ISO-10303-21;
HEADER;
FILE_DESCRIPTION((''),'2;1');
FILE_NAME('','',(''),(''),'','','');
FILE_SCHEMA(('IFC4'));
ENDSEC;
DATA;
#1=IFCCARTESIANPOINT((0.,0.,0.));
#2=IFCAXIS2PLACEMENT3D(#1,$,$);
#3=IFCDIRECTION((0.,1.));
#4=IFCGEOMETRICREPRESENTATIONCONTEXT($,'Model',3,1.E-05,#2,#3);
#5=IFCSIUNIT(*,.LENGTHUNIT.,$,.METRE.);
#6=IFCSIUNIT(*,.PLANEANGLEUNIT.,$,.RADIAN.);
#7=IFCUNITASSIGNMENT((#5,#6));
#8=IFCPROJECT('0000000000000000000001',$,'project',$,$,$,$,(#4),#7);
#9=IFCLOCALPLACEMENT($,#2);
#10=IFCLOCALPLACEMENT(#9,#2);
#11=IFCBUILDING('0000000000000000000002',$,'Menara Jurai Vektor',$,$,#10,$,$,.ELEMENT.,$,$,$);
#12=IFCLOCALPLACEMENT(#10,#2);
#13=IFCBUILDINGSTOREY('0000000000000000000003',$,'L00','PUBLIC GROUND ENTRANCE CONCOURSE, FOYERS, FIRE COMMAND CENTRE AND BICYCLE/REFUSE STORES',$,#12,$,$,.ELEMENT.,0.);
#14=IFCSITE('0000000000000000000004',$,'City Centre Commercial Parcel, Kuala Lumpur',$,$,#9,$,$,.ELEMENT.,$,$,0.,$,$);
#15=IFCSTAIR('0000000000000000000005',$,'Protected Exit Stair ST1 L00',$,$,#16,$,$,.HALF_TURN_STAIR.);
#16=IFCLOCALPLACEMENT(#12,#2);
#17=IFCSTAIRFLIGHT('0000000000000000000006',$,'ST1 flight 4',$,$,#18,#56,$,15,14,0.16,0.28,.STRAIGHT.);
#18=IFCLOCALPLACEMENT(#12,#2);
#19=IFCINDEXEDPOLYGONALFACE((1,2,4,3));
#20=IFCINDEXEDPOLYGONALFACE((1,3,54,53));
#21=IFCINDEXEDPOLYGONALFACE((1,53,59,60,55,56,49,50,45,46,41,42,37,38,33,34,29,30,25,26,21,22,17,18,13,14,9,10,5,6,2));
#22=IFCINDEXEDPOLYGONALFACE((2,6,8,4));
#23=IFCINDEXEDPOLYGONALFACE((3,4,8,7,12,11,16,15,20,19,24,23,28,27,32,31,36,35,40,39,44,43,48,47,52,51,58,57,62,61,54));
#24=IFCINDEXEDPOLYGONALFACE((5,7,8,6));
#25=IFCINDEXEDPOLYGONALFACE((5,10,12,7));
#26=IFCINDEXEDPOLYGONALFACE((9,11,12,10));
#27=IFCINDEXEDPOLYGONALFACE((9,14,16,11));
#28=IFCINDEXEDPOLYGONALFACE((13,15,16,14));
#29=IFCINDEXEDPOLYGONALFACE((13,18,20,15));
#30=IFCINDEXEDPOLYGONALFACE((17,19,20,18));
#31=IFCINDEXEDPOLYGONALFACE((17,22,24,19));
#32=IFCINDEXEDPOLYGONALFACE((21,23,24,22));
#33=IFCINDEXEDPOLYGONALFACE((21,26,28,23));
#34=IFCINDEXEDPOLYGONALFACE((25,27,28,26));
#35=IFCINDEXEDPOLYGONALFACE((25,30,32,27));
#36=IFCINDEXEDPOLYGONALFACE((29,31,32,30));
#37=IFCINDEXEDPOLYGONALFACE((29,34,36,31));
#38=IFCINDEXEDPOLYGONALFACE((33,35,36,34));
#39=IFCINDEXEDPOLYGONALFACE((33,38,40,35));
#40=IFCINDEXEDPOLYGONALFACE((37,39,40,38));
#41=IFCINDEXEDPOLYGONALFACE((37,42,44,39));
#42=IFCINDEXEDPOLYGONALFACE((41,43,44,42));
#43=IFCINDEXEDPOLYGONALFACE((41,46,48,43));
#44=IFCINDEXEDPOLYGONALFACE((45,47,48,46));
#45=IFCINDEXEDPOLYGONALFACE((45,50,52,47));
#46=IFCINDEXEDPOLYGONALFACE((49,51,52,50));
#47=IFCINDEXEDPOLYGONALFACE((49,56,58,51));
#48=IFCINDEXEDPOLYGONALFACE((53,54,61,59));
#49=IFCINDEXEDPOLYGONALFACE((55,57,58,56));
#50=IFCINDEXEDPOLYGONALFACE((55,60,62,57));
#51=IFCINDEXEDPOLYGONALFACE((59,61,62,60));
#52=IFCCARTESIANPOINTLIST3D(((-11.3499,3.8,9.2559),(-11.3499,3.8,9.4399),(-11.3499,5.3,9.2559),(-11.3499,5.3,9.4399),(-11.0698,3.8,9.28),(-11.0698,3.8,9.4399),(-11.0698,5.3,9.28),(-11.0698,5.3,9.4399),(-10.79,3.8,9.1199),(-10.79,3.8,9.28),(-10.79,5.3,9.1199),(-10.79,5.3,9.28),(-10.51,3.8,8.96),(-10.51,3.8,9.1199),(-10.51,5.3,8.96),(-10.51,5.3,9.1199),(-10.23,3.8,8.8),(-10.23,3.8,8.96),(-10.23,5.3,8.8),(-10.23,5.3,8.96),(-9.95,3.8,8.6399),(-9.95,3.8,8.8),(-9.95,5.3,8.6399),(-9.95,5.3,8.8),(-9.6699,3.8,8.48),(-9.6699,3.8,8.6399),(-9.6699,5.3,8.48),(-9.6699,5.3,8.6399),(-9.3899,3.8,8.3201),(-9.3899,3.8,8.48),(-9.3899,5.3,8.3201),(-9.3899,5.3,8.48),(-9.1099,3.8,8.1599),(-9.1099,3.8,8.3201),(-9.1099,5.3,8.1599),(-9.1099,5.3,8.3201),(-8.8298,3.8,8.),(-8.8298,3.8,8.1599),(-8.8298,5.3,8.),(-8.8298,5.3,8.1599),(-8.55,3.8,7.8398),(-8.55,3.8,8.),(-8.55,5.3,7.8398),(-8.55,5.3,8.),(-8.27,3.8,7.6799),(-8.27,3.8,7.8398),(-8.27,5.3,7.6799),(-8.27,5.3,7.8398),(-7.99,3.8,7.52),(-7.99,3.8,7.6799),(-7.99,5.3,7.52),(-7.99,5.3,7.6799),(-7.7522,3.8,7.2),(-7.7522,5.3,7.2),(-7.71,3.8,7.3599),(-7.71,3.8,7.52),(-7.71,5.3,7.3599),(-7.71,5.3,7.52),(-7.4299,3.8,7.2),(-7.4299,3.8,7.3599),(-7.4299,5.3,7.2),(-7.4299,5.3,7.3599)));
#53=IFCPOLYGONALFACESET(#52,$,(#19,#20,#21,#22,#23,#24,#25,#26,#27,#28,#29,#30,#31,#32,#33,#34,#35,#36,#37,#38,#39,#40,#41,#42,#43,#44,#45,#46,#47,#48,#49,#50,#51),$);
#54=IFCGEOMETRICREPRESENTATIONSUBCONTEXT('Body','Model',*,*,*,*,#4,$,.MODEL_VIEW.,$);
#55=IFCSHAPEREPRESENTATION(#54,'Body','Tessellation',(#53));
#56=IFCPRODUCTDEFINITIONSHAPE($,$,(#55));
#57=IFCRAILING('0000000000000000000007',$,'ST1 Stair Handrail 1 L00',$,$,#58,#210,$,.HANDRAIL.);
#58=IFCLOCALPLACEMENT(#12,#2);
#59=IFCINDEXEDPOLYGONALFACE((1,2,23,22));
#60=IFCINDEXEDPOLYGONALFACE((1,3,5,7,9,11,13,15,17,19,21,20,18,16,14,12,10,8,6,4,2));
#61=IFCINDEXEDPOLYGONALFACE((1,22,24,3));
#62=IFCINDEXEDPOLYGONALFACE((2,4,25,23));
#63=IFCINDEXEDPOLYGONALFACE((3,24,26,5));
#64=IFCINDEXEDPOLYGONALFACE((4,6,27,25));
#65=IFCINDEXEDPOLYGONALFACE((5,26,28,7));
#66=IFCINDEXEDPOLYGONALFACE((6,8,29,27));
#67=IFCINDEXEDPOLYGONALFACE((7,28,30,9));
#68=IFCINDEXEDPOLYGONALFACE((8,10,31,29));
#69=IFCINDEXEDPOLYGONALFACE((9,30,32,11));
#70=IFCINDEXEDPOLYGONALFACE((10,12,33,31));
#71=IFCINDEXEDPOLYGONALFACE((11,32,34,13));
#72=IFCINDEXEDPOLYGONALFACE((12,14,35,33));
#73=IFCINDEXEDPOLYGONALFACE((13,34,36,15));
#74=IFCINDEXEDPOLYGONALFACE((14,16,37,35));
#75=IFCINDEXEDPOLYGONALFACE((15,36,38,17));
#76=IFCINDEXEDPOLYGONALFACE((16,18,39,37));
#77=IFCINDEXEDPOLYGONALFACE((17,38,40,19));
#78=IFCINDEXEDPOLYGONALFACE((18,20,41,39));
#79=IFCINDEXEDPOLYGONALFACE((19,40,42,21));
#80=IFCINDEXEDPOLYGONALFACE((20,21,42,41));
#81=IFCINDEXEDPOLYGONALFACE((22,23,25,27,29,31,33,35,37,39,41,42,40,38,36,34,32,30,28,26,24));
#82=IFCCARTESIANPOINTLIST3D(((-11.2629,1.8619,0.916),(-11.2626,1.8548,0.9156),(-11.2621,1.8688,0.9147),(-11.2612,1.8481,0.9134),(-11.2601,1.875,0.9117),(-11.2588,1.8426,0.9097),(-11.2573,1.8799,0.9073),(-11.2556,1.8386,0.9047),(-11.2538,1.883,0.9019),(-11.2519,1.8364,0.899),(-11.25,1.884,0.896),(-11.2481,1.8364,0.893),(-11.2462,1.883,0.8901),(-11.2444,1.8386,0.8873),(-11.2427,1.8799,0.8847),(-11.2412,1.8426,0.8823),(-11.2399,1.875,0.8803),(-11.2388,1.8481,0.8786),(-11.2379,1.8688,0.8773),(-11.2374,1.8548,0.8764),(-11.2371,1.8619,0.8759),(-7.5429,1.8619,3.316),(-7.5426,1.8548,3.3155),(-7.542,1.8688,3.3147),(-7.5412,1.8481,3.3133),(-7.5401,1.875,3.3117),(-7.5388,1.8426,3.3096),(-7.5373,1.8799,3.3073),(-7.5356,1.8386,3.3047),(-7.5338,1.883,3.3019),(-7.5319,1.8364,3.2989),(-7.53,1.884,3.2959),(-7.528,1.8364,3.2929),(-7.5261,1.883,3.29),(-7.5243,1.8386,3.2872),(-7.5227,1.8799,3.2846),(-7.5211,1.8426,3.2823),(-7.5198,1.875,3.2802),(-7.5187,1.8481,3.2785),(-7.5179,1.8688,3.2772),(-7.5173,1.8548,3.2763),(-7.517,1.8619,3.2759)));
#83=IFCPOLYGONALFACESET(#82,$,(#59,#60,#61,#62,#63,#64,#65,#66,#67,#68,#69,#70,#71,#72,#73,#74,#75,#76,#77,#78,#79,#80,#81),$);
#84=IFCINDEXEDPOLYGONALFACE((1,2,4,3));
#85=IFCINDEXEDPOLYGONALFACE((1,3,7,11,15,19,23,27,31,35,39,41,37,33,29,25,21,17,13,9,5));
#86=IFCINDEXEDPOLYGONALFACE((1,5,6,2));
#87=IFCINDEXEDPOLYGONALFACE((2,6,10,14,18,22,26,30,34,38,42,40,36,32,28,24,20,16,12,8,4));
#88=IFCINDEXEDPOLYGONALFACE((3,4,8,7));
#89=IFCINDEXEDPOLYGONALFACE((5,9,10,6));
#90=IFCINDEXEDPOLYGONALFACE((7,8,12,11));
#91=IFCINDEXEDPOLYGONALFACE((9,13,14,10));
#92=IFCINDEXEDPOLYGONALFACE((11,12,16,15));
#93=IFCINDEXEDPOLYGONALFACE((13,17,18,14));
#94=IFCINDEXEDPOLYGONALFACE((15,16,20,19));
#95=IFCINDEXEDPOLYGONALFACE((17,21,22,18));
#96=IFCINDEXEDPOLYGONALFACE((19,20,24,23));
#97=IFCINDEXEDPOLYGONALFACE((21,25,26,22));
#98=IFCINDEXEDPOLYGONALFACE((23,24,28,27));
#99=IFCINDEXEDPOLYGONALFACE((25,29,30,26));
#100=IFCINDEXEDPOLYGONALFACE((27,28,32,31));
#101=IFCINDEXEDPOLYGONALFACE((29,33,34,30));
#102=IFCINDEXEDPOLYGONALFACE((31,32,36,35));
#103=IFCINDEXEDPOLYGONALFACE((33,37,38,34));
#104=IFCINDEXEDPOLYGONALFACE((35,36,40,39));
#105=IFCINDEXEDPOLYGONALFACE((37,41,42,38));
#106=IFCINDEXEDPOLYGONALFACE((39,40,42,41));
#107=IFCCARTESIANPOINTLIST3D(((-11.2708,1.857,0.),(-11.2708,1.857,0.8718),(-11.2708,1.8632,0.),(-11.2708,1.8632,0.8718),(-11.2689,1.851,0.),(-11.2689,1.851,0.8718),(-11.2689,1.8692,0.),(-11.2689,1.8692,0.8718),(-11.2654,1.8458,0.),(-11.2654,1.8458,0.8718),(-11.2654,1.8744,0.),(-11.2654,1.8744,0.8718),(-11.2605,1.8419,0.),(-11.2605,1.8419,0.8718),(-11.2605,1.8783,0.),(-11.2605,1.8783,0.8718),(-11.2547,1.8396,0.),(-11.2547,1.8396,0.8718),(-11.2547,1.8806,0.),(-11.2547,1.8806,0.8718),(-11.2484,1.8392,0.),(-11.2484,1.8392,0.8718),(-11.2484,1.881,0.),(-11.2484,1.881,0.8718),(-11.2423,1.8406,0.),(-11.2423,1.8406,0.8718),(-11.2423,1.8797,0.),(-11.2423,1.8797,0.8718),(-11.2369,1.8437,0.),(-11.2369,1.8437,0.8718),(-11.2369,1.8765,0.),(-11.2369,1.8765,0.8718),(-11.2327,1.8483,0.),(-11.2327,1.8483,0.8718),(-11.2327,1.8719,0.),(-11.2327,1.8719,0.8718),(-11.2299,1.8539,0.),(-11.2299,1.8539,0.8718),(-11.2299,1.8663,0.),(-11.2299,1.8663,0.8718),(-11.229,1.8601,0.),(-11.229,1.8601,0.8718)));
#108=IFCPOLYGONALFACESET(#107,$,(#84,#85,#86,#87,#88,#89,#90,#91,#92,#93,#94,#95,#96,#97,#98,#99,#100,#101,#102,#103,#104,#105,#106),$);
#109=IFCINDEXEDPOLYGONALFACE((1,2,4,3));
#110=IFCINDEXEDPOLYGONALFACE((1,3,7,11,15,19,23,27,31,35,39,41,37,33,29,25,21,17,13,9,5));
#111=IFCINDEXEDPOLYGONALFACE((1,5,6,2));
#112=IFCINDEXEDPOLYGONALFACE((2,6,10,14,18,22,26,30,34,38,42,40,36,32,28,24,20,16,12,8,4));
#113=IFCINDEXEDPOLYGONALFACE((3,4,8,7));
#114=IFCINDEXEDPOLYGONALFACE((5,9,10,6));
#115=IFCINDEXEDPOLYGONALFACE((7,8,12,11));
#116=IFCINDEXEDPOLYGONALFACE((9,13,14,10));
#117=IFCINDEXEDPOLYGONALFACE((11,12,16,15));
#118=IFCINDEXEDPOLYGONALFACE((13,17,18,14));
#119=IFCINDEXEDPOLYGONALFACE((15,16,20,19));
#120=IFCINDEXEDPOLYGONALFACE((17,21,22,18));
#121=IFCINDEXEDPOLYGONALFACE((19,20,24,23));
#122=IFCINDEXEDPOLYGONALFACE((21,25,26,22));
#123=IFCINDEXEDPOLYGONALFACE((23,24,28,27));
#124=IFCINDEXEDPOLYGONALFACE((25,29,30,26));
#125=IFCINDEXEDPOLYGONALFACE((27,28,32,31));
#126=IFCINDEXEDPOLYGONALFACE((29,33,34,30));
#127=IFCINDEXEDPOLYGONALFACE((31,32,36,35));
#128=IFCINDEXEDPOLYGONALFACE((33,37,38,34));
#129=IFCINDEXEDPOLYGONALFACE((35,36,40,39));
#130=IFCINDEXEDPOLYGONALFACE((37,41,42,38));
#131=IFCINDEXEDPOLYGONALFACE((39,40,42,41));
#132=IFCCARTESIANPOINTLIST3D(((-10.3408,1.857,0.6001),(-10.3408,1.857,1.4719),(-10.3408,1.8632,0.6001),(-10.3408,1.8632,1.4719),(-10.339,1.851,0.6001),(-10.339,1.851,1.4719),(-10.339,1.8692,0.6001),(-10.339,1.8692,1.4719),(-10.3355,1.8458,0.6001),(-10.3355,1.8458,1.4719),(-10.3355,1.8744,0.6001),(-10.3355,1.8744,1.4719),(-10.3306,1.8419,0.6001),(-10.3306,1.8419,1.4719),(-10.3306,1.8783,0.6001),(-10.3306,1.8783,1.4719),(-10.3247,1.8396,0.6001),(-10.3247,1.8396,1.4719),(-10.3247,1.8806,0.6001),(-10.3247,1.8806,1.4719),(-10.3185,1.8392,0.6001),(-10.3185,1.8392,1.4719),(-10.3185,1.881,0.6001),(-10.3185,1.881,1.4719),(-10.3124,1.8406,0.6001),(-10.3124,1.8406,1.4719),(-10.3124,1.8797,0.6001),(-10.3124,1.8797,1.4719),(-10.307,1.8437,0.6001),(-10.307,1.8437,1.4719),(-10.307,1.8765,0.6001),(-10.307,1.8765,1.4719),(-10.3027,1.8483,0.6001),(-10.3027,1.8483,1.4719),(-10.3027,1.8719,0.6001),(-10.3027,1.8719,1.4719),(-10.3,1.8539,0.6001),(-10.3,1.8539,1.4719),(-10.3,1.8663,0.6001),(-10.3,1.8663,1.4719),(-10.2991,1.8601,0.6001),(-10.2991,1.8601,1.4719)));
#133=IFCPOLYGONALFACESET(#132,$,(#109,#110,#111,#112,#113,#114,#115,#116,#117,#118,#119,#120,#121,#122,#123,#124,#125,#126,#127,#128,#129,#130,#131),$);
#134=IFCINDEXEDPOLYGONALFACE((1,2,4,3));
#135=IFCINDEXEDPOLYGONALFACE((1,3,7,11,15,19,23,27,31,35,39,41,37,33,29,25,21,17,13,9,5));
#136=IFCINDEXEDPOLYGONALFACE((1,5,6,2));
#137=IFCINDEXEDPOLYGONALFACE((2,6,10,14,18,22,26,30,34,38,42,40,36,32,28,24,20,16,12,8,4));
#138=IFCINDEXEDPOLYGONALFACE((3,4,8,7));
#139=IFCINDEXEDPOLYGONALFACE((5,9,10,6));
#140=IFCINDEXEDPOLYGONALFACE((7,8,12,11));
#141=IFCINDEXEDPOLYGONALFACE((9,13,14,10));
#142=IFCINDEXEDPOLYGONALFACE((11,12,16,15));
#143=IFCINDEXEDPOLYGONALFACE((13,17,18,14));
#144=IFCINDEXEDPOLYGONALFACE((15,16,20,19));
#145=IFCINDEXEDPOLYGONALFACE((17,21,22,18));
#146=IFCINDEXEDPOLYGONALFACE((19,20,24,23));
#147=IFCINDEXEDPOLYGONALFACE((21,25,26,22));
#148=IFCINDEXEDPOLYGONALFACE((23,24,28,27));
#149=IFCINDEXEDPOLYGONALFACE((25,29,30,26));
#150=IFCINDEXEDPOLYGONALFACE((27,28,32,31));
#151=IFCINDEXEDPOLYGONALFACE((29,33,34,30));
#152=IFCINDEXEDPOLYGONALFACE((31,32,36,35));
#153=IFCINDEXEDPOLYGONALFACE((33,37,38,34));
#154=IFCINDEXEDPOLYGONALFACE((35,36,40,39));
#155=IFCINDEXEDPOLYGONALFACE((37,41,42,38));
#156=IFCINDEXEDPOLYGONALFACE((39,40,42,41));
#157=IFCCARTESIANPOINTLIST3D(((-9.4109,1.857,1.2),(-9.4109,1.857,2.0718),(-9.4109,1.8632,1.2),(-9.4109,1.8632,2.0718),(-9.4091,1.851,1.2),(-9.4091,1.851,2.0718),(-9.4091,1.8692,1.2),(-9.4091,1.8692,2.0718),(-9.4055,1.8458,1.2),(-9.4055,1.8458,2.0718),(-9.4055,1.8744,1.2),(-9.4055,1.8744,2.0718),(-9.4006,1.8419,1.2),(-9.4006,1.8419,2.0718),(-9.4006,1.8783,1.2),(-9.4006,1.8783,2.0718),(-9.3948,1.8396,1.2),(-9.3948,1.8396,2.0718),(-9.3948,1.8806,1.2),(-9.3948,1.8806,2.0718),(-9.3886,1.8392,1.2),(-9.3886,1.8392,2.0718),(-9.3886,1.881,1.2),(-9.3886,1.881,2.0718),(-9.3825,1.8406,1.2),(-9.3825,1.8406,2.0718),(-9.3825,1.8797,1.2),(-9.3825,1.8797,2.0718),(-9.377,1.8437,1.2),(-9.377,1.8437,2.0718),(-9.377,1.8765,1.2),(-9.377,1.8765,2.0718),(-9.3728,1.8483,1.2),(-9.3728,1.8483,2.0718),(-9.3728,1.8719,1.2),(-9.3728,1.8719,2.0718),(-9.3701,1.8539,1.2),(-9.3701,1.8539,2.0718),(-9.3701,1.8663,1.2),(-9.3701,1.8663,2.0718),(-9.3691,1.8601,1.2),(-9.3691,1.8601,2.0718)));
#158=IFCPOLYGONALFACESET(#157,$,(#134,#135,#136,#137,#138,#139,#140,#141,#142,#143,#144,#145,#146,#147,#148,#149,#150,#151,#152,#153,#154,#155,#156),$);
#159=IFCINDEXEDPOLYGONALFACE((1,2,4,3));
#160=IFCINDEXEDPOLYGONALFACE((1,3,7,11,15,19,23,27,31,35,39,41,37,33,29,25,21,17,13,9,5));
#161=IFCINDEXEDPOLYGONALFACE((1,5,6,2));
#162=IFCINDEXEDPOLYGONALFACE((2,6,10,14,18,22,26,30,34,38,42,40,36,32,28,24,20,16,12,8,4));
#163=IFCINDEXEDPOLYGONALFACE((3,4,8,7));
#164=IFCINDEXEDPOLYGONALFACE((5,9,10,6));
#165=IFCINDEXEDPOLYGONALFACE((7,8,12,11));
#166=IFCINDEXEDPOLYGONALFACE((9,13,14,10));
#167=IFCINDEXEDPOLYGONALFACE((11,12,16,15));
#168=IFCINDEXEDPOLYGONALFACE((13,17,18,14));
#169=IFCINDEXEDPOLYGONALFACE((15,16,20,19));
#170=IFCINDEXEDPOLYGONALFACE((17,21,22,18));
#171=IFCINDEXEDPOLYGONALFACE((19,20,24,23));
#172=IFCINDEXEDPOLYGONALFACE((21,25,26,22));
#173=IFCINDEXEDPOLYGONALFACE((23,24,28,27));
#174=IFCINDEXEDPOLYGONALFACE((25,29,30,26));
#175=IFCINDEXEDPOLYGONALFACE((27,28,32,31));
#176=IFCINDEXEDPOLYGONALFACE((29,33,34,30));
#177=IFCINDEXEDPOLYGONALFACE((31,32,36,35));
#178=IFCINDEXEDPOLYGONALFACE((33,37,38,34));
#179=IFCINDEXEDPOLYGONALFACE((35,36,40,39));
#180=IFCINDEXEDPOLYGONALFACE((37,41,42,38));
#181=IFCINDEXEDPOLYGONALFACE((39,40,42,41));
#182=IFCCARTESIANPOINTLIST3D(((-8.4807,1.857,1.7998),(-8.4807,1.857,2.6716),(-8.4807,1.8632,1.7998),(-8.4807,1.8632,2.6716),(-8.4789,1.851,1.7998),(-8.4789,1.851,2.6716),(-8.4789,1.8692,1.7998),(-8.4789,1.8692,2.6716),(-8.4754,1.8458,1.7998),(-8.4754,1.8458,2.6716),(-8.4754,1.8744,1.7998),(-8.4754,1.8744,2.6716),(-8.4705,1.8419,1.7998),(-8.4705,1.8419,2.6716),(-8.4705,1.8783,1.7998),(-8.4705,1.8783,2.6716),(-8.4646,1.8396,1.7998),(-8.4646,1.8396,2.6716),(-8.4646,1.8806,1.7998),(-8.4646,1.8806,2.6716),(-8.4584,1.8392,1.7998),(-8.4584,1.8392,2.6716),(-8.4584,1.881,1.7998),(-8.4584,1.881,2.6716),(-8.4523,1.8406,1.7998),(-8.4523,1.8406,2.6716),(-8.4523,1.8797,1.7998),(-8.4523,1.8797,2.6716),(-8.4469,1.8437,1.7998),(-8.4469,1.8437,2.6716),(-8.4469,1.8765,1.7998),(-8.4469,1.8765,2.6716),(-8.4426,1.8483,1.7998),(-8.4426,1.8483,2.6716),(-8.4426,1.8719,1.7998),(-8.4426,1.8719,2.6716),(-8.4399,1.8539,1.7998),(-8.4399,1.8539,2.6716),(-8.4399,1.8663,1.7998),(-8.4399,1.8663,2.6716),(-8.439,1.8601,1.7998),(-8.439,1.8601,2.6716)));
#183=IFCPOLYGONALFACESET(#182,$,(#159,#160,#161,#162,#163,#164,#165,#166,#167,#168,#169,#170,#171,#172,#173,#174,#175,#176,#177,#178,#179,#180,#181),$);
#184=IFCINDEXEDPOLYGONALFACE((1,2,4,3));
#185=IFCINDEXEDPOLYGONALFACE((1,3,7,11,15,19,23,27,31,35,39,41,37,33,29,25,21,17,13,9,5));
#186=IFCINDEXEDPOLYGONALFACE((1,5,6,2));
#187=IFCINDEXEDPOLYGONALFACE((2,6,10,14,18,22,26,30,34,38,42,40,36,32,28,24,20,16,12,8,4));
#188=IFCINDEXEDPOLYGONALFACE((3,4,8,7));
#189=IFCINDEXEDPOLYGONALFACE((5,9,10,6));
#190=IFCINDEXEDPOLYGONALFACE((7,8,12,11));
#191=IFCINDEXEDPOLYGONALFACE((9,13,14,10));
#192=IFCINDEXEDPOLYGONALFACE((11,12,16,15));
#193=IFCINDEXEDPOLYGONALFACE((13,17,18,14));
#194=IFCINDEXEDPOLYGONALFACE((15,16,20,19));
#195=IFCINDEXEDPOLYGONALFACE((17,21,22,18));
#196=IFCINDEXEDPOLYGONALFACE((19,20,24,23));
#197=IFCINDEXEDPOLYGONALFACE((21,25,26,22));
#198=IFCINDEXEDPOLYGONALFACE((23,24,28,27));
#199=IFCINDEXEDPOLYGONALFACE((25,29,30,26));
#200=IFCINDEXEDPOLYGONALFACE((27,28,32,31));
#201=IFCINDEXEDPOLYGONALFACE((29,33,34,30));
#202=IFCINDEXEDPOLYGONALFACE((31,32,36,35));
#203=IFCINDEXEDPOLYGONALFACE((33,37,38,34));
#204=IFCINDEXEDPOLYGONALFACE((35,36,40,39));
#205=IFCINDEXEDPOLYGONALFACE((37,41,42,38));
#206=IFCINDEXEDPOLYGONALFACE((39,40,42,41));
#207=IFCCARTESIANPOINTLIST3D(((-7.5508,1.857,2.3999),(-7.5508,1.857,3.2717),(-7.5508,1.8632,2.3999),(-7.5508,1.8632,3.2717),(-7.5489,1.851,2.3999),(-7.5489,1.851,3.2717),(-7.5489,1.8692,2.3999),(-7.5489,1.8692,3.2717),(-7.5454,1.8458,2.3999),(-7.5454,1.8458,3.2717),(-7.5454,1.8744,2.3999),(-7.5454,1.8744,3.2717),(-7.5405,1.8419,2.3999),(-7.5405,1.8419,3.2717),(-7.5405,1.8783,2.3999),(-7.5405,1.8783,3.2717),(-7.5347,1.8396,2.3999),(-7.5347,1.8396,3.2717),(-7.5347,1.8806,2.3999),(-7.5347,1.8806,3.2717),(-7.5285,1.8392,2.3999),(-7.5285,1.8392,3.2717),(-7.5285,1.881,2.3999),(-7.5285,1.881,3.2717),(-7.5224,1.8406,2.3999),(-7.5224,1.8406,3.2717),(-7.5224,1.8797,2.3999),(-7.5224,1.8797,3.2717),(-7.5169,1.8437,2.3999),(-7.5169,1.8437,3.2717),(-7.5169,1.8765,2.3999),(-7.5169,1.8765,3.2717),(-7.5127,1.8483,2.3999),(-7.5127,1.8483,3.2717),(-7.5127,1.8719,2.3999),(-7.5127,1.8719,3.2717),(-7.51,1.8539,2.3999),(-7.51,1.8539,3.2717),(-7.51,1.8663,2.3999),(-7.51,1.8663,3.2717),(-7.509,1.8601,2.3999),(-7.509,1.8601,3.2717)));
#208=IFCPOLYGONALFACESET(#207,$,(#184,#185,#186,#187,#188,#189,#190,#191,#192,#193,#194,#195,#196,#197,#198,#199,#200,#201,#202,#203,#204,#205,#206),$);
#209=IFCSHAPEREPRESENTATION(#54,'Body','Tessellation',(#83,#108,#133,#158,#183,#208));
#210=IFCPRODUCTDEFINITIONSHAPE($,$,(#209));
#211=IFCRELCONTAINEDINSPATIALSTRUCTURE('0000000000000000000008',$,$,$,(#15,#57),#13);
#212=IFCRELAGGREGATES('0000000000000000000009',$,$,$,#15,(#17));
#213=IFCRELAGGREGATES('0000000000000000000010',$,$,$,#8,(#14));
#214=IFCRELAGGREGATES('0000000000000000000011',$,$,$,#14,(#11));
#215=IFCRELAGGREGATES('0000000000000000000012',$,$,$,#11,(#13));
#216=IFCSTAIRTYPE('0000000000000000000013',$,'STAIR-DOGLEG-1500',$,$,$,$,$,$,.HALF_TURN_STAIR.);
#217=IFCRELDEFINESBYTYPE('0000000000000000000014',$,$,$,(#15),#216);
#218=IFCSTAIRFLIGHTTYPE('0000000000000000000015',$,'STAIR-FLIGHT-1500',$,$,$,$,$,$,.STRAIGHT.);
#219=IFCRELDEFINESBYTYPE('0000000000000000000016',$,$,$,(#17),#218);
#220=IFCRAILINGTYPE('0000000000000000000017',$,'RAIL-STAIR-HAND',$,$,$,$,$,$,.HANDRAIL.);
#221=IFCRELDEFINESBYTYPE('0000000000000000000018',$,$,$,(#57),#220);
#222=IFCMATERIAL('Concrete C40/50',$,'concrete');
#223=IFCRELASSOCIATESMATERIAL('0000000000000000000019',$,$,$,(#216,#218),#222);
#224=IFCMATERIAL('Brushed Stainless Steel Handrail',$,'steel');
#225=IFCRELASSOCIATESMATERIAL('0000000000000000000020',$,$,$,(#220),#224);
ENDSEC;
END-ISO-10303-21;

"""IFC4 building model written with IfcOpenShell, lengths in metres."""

from ifc_helpers import new_model, si_unit, direction, frame, origin, origin_2d, place, context, subcontext, project, spatial, polyline, circle, outline, extrude, material, type_object, element, aggregate, save


model = new_model("IFC4")

# Units and contexts
model_context = context("Model", 3, precision=1e-05, world=origin(), true_north=direction((0.0, 1.0)))
body_context = subcontext(model_context, "Body", "Model", "MODEL_VIEW")
ifc_project = project(units=[si_unit("LENGTHUNIT", "METRE"), si_unit("PLANEANGLEUNIT", "RADIAN")], contexts=[model_context])

# Site, building, storey
site_placement = place(None, origin())
site = spatial("IfcSite", under=ifc_project, at=site_placement, Name="City Centre Commercial Parcel, Kuala Lumpur", CompositionType="ELEMENT", RefElevation=0.0)
building_placement = place(site_placement, origin())
building = spatial("IfcBuilding", under=site, at=building_placement, Name="Menara Jurai Vektor", CompositionType="ELEMENT")
storey_placement = place(building_placement, origin())
storey = spatial("IfcBuildingStorey", under=building, at=storey_placement, Name="L00", Description="PUBLIC GROUND ENTRANCE CONCOURSE, FOYERS, FIRE COMMAND CENTRE AND BICYCLE/REFUSE STORES", CompositionType="ELEMENT", Elevation=0.0)

# Shared definitions
ifc_material_1 = material(Name="Concrete C40/50", Category="concrete")

# Stair, stair flight
stair_type = type_object("IfcStairType", Name="STAIR-DOGLEG-1500", PredefinedType="HALF_TURN_STAIR", material=ifc_material_1)
stair_placement = place(storey_placement, origin())
stair = element("IfcStair", 1, at=stair_placement, inside=storey, type_object=stair_type, Name="Protected Exit Stair ST1 L00", PredefinedType="HALF_TURN_STAIR")
stair_flight_type = type_object("IfcStairFlightType", Name="STAIR-FLIGHT-1500", PredefinedType="STRAIGHT", material=ifc_material_1)
stair_flight_1_placement = place(storey_placement, frame((-7.4299, 4.55, 7.2), z_axis=(0.0, 0.0, 1.0), x_axis=(-1.0, 0.0, 0.0)))
stair_flight_1 = element("IfcStairFlight", 2, at=stair_flight_1_placement, type_object=stair_flight_type, Name="ST1 flight 4", NumberOfRisers=15, NumberOfTreads=14, PredefinedType="STRAIGHT", RiserHeight=0.16, TreadLength=0.28, context=body_context, shape_type="SweptSolid", body=[
    extrude(outline(polyline([(0.0, 0.0), (0.0, 0.1599), (0.28, 0.1599), (0.28, 0.3201), (0.5601, 0.3201), (0.5601, 0.48), (0.8401, 0.48), (0.8401, 0.6399), (1.1201, 0.6399), (1.1201, 0.8), (1.3999, 0.8), (1.3999, 0.96), (1.6799, 0.96), (1.6799, 1.1201), (1.96, 1.1201), (1.96, 1.28), (2.24, 1.28), (2.24, 1.4399), (2.52, 1.4399), (2.52, 1.6001), (2.8, 1.6001), (2.8, 1.76), (3.0801, 1.76), (3.0801, 1.9199), (3.3601, 1.9199), (3.3601, 2.0801), (3.6399, 2.0801), (3.6399, 2.24), (3.9199, 2.24), (3.9199, 2.3999), (3.9199, 2.0559), (0.3223, 0.0), (0.0, 0.0)])), frame((0.0, 0.75, 0.0), z_axis=(0.0, -1.0, 0.0), x_axis=(1.0, 0.0, 0.0)), (0.0, 0.0, 1.0), 1.5),
])
aggregate(stair, [stair_flight_1])

# Railing
ifc_material_2 = material(Name="Brushed Stainless Steel Handrail", Category="steel")
railing_type_1 = type_object("IfcRailingType", Name="RAIL-STAIR-HAND", PredefinedType="HANDRAIL", material=ifc_material_2)
railing_1_placement = place(storey_placement, frame((-11.25, 1.8601, 0.0)))
element("IfcRailing", 3, at=railing_1_placement, inside=storey, type_object=railing_type_1, Name="ST1 Stair Handrail 1 L00", PredefinedType="HANDRAIL", context=body_context, shape_type="SweptSolid", body=[
    extrude(circle(Radius=0.0239, at=origin_2d()), frame((0.0, 0.0, 0.896), z_axis=(0.840305, 0.0, 0.542114), x_axis=(0.0, 1.0, 0.0)), (0.0, 0.0, 1.0), 4.427),
    extrude(circle(Radius=0.021, at=origin_2d()), origin(), (0.0, 0.0, 1.0), 0.8718),
    extrude(circle(Radius=0.021, at=origin_2d()), frame((0.9299, 0.0, 0.6001)), (0.0, 0.0, 1.0), 0.8718),
    extrude(circle(Radius=0.021, at=origin_2d()), frame((1.8599, 0.0, 1.2)), (0.0, 0.0, 1.0), 0.8718),
    extrude(circle(Radius=0.021, at=origin_2d()), frame((2.79, 0.0, 1.7998)), (0.0, 0.0, 1.0), 0.8718),
    extrude(circle(Radius=0.021, at=origin_2d()), frame((3.72, 0.0, 2.3999)), (0.0, 0.0, 1.0), 0.8718),
])

save(model, "model.ifc")
